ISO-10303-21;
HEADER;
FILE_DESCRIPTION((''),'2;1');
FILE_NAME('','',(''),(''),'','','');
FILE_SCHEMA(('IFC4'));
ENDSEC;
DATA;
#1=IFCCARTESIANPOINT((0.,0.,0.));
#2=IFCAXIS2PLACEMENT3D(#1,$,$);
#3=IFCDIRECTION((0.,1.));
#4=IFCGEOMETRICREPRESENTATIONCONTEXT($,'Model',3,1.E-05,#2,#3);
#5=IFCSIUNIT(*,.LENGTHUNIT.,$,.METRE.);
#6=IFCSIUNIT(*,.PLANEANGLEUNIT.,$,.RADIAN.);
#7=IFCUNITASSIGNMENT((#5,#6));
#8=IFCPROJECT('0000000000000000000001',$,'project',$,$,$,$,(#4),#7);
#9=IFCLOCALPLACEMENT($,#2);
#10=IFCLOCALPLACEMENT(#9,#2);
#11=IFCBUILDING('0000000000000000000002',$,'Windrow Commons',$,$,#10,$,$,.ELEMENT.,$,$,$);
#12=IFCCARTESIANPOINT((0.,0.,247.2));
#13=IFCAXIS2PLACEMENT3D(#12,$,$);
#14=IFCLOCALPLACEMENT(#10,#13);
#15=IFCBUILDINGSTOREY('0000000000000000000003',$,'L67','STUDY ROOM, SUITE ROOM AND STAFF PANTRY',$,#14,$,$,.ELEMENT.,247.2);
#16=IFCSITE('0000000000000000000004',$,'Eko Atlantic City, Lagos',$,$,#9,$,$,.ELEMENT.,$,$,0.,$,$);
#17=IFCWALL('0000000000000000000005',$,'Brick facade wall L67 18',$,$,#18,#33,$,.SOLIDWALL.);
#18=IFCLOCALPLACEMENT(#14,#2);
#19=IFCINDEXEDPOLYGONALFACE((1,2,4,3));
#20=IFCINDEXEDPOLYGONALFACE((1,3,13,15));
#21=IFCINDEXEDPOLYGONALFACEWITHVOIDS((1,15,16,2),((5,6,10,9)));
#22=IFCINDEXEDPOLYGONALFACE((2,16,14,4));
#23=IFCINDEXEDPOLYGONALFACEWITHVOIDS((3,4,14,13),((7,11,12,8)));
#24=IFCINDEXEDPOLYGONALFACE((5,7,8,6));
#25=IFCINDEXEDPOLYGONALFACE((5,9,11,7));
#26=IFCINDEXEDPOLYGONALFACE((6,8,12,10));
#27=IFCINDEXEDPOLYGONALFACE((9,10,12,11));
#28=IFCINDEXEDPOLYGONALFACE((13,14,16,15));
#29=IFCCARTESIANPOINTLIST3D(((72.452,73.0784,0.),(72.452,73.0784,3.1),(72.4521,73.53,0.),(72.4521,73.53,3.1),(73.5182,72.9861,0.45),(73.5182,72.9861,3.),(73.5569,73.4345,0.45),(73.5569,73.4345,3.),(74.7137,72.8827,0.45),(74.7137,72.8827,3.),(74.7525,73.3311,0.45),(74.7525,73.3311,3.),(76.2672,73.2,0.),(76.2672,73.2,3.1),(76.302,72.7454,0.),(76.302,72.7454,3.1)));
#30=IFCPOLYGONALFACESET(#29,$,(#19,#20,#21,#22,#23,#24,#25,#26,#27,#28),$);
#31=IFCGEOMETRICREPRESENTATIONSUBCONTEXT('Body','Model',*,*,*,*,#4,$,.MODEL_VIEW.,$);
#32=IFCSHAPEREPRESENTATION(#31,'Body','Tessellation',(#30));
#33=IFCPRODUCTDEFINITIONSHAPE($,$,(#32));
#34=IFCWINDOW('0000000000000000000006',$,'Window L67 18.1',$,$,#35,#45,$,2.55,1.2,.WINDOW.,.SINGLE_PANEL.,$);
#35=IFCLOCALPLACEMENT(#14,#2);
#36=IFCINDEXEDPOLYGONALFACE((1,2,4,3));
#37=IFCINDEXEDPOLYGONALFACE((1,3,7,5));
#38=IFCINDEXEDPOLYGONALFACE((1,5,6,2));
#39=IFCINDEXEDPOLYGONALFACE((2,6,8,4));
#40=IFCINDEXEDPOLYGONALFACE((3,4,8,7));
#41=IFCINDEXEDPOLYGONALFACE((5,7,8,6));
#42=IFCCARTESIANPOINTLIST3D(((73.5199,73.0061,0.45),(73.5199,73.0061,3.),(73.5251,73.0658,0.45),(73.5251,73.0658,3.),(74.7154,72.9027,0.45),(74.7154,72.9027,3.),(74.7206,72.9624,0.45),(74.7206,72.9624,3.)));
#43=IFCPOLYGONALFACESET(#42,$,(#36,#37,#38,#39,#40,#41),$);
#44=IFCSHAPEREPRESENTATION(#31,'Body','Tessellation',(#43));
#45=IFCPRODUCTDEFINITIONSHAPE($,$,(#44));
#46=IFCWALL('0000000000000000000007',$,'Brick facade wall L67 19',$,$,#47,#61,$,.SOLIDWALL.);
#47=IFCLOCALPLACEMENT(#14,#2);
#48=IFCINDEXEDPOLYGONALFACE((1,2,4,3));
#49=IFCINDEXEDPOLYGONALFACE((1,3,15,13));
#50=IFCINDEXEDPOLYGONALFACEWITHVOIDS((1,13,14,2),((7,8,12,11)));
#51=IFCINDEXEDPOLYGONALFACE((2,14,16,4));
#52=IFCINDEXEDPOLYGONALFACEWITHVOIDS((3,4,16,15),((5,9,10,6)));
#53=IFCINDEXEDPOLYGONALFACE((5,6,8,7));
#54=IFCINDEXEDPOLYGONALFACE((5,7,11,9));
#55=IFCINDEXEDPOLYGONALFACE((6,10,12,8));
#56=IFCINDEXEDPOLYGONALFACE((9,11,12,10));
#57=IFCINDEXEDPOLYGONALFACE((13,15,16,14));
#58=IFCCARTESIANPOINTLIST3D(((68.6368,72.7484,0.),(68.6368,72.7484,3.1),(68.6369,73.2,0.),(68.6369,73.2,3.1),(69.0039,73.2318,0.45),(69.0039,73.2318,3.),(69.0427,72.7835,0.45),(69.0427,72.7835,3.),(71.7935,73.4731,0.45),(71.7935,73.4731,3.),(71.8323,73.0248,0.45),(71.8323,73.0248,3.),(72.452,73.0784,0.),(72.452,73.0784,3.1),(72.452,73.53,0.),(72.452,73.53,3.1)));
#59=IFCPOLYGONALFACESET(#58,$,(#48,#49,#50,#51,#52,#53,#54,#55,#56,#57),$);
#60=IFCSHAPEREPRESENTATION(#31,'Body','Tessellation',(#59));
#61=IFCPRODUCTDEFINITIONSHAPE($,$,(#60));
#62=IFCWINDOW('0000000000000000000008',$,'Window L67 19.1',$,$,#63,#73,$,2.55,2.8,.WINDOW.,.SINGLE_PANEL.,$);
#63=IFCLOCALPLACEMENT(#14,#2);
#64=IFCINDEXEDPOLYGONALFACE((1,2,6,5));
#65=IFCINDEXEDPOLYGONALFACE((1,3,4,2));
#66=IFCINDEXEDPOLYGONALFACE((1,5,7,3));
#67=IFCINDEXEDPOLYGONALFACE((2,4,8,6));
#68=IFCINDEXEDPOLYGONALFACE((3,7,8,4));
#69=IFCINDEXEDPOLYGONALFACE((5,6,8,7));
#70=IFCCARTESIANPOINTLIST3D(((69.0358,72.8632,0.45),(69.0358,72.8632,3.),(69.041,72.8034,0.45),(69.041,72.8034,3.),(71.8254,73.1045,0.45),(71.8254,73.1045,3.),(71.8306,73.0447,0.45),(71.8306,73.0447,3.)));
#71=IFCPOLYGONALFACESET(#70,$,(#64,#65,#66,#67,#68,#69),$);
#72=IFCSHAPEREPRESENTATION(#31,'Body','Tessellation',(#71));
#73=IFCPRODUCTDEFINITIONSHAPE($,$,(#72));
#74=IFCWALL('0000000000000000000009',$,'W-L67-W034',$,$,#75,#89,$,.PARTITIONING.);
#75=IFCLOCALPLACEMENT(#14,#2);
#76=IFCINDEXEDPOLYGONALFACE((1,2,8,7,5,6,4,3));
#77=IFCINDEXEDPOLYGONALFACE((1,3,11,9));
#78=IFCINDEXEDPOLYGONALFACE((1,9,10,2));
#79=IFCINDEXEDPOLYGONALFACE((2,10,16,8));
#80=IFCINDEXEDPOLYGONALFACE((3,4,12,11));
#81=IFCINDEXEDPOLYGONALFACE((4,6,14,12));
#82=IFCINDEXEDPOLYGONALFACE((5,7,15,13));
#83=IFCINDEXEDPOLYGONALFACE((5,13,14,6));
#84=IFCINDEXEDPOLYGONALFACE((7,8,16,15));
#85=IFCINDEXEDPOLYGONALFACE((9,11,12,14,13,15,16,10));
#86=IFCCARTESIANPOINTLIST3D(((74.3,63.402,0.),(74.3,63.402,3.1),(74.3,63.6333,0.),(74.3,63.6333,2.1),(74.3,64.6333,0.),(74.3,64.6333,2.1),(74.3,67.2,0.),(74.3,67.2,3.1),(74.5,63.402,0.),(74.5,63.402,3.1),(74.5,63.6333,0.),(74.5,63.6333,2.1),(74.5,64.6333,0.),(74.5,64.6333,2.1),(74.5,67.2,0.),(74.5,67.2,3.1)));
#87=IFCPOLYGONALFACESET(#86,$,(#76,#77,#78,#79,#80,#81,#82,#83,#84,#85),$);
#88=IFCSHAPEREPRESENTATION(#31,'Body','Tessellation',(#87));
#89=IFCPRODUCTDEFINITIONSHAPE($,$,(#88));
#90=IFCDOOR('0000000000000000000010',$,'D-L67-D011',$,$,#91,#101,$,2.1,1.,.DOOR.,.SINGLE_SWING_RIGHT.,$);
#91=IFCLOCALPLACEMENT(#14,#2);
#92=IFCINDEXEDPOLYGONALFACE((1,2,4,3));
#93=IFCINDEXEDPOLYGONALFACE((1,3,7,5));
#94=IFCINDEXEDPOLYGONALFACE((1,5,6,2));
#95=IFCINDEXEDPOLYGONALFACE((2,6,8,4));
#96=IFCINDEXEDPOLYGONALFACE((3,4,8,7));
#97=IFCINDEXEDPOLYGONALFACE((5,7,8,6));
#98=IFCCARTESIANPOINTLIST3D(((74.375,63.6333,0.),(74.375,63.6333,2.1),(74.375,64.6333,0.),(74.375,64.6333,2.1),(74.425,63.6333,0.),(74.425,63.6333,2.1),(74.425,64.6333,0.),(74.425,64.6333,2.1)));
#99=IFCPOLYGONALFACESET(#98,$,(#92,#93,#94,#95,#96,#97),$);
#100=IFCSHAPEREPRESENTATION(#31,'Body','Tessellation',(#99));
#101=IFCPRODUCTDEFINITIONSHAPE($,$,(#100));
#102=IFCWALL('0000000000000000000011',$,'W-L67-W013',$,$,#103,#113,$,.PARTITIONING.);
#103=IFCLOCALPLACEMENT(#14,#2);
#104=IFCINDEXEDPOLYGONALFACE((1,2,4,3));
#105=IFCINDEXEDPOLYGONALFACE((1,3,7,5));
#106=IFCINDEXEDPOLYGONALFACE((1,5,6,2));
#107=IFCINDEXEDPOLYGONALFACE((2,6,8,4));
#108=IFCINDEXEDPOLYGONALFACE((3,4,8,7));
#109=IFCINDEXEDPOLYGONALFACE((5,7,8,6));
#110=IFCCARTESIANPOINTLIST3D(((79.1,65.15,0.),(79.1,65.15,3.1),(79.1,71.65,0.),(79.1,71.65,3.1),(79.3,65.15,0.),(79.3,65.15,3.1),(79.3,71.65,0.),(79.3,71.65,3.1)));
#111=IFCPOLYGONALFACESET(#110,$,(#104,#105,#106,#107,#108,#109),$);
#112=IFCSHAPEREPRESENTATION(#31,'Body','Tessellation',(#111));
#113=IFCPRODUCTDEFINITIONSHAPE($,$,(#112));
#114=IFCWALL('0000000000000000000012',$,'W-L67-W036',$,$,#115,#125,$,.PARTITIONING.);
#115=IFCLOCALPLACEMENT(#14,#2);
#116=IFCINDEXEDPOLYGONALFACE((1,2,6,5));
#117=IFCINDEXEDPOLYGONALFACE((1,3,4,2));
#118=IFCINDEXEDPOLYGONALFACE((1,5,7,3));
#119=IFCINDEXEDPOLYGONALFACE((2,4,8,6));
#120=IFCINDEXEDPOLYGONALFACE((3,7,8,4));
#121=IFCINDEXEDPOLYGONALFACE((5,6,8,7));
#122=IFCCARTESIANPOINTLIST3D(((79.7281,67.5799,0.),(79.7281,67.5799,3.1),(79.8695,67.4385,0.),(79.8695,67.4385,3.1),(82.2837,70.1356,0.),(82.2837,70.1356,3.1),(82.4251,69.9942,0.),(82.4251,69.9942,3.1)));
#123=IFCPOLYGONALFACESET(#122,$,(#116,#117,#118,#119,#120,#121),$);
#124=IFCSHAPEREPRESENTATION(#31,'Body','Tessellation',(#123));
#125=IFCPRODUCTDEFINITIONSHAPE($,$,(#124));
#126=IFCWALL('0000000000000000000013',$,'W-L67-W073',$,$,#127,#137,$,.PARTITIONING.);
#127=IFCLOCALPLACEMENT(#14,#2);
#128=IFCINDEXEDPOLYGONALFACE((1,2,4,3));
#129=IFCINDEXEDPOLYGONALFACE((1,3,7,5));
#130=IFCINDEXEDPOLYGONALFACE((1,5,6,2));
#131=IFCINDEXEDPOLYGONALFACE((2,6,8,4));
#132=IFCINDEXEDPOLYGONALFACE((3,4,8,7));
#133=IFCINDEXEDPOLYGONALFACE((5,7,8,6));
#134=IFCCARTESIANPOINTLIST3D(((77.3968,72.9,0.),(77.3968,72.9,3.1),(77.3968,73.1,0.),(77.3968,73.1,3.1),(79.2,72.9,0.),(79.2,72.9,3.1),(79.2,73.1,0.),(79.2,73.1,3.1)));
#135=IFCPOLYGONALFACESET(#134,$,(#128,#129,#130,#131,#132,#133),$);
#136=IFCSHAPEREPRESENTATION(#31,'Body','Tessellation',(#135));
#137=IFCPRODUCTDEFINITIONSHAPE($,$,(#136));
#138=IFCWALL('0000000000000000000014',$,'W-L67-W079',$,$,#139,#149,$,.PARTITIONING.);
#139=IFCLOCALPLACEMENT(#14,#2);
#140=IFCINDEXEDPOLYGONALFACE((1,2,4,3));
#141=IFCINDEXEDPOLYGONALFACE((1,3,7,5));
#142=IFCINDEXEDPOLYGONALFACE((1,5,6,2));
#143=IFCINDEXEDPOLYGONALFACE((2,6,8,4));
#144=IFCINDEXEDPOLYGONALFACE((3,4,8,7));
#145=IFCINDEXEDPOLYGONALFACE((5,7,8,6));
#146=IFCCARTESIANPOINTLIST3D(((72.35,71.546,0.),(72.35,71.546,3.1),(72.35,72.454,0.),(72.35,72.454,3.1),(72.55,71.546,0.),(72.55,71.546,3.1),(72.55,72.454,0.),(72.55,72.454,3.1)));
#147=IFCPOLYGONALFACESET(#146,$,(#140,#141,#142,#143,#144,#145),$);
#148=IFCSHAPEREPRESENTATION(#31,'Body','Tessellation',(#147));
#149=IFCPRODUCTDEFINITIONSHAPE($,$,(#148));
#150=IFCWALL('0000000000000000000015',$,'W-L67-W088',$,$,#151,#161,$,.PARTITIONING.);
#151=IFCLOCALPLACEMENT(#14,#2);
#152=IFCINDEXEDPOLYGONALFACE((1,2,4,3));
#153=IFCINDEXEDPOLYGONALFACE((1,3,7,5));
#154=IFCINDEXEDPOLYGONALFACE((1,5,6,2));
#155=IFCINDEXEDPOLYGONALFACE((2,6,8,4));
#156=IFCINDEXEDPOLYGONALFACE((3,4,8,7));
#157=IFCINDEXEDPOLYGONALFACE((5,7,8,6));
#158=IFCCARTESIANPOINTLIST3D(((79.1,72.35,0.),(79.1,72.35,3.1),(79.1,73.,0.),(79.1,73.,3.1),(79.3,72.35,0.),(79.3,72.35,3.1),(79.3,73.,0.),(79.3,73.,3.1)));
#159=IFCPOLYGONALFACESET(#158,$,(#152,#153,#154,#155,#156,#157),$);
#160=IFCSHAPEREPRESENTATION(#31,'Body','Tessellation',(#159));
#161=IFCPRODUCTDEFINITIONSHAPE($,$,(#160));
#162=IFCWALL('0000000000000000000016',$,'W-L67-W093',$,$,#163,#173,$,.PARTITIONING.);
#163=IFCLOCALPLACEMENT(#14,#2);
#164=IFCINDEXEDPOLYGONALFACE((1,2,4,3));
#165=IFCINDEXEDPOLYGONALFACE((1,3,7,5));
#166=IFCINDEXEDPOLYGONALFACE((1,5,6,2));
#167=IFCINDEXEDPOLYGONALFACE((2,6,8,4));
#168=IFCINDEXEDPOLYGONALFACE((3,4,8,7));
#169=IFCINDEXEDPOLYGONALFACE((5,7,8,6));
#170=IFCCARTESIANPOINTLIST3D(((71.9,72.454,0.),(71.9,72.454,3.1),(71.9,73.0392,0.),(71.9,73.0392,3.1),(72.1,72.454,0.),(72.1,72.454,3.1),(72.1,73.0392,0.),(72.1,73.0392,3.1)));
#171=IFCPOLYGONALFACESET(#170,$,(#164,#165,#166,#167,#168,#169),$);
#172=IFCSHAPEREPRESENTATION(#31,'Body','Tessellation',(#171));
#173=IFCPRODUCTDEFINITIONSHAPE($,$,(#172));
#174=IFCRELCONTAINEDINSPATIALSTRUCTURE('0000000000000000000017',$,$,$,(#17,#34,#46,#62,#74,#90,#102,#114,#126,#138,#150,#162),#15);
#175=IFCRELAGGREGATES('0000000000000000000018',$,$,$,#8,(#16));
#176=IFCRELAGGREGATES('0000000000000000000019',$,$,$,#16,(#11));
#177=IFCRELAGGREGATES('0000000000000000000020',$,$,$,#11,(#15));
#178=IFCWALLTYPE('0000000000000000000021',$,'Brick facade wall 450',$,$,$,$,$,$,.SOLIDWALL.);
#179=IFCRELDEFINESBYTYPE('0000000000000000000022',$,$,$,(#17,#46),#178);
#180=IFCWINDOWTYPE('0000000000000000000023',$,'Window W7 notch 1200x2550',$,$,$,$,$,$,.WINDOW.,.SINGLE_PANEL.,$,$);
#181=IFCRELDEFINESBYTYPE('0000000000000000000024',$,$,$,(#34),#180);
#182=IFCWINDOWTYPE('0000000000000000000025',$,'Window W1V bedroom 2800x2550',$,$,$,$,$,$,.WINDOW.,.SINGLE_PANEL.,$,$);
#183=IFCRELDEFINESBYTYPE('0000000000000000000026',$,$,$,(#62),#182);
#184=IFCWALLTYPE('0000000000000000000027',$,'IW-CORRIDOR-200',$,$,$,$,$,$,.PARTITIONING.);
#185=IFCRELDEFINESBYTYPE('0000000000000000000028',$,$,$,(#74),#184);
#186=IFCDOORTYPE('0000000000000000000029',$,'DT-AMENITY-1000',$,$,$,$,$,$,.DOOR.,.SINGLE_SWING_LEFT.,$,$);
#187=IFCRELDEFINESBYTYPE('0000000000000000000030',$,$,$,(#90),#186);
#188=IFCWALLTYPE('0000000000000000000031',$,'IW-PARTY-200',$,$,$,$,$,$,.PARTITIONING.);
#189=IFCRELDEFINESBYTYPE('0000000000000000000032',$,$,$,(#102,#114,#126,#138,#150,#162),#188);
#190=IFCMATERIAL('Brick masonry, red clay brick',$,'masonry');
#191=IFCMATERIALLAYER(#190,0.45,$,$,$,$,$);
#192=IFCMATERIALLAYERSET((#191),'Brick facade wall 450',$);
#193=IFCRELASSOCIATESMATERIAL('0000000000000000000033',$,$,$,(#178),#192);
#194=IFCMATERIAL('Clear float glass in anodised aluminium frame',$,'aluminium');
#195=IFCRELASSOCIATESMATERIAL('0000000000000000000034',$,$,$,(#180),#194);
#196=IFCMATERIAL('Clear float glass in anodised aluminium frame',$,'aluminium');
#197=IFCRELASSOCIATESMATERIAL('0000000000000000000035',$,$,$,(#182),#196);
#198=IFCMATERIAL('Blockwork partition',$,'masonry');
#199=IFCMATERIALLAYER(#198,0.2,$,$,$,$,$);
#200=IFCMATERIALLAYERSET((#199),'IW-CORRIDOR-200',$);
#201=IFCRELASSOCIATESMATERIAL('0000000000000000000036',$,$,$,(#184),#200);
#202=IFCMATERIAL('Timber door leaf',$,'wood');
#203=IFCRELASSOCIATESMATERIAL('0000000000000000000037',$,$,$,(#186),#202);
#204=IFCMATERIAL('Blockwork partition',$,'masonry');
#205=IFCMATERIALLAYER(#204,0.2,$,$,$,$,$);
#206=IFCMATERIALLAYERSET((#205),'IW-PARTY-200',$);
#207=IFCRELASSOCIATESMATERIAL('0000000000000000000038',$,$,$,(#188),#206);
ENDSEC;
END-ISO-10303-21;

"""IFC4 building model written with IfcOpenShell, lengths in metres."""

from ifc_helpers import new_model, si_unit, direction, frame, frame_2d, origin, place, context, subcontext, project, spatial, polyline, rectangle, outline, extrude, material, layer, layer_set, type_object, element, fill, save


model = new_model("IFC4")

# Units and contexts
model_context = context("Model", 3, precision=1e-05, world=origin(), true_north=direction((0.0, 1.0)))
body_context = subcontext(model_context, "Body", "Model", "MODEL_VIEW")
ifc_project = project(units=[si_unit("LENGTHUNIT", "METRE"), si_unit("PLANEANGLEUNIT", "RADIAN")], contexts=[model_context])

# Site, building, storey
site_placement = place(None, origin())
site = spatial("IfcSite", under=ifc_project, at=site_placement, Name="Eko Atlantic City, Lagos", CompositionType="ELEMENT", RefElevation=0.0)
building_placement = place(site_placement, origin())
building = spatial("IfcBuilding", under=site, at=building_placement, Name="Windrow Commons", CompositionType="ELEMENT")
storey_placement = place(building_placement, frame((0.0, 0.0, 247.2)))
storey = spatial("IfcBuildingStorey", under=building, at=storey_placement, Name="L67", Description="STUDY ROOM, SUITE ROOM AND STAFF PANTRY", CompositionType="ELEMENT", Elevation=247.2)

# Walls, openings, windows
ifc_material_1 = material(Name="Brick masonry, red clay brick", Category="masonry")
ifc_layer_1 = layer(ifc_material_1, 0.45)
ifc_layer_set_1 = layer_set([ifc_layer_1], Name="Brick facade wall 450")
wall_type_1 = type_object("IfcWallType", Name="Brick facade wall 450", PredefinedType="SOLIDWALL", material=ifc_layer_set_1)
ifc_material_2 = material(Name="Clear float glass in anodised aluminium frame", Category="aluminium")
window_type_1 = type_object("IfcWindowType", Name="Window W7 notch 1200x2550", PartitioningType="SINGLE_PANEL", PredefinedType="WINDOW", material=ifc_material_2)
wall_1_placement = place(storey_placement, frame((76.2846, 72.9727, 0.0), z_axis=(0.0, 0.0, 1.0), x_axis=(-0.99628, 0.086173, 0.0)))
wall_1 = element("IfcWall", 1, at=wall_1_placement, inside=storey, type_object=wall_type_1, Name="Brick facade wall L67 18", PredefinedType="SOLIDWALL", context=body_context, shape_type="SweptSolid", body=[
    extrude(outline(polyline([(0.0369, -0.225), (3.8663, -0.225), (3.8274, 0.225), (-0.0369, 0.225), (0.0369, -0.225)])), origin(), (0.0, 0.0, 1.0), 3.1),
])
opening_1_placement = place(wall_1_placement, frame((1.5573, 0.0, 0.45)))
opening_1 = element("IfcOpeningElement", 2, at=opening_1_placement, cuts=wall_1, PredefinedType="OPENING", context=body_context, shape_type="SweptSolid", body=[
    extrude(rectangle(XDim=1.2, YDim=2.55, at=frame_2d((0.6, 1.275))), frame((0.0, 0.235, 0.0), z_axis=(0.0, -1.0, 0.0), x_axis=(1.0, 0.0, 0.0)), (0.0, 0.0, 1.0), 0.47),
])
window_1_placement = place(opening_1_placement, origin())
window_1 = element("IfcWindow", 3, at=window_1_placement, inside=storey, type_object=window_type_1, Name="Window L67 18.1", OverallHeight=2.55, OverallWidth=1.2, PartitioningType="SINGLE_PANEL", PredefinedType="WINDOW", context=body_context, shape_type="SweptSolid", body=[
    extrude(rectangle(XDim=1.2, YDim=2.55, at=frame_2d((0.6, 1.275))), frame((0.0, 0.205, 0.0), z_axis=(0.0, -1.0, 0.0), x_axis=(1.0, 0.0, 0.0)), (0.0, 0.0, 1.0), 0.06),
])
fill(opening_1, window_1)
wall_2_placement = place(storey_placement, frame((72.452, 73.3042, 0.0), z_axis=(0.0, 0.0, 1.0), x_axis=(-0.99628, -0.086174, 0.0)))
wall_2 = element("IfcWall", 4, at=wall_2_placement, inside=storey, type_object=wall_type_1, Name="Brick facade wall L67 19", PredefinedType="SOLIDWALL", context=body_context, shape_type="SweptSolid", body=[
    extrude(outline(polyline([(-0.0195, -0.225), (3.8099, -0.225), (3.8489, 0.225), (0.0195, 0.225), (-0.0195, -0.225)])), origin(), (0.0, 0.0, 1.0), 3.1),
])
opening_2_placement = place(wall_2_placement, frame((0.6415, 0.0, 0.45)))
opening_2 = element("IfcOpeningElement", 5, at=opening_2_placement, cuts=wall_2, PredefinedType="OPENING", context=body_context, shape_type="SweptSolid", body=[
    extrude(rectangle(XDim=2.8, YDim=2.55, at=frame_2d((1.4, 1.275))), frame((0.0, 0.235, 0.0), z_axis=(0.0, -1.0, 0.0), x_axis=(1.0, 0.0, 0.0)), (0.0, 0.0, 1.0), 0.47),
])
ifc_material_3 = material(Name="Clear float glass in anodised aluminium frame", Category="aluminium")
window_type_2 = type_object("IfcWindowType", Name="Window W1V bedroom 2800x2550", PartitioningType="SINGLE_PANEL", PredefinedType="WINDOW", material=ifc_material_3)
window_2_placement = place(opening_2_placement, origin())
window_2 = element("IfcWindow", 6, at=window_2_placement, inside=storey, type_object=window_type_2, Name="Window L67 19.1", OverallHeight=2.55, OverallWidth=2.8, PartitioningType="SINGLE_PANEL", PredefinedType="WINDOW", context=body_context, shape_type="SweptSolid", body=[
    extrude(rectangle(XDim=2.8, YDim=2.55, at=frame_2d((1.4, 1.275))), frame((0.0, 0.205, 0.0), z_axis=(0.0, -1.0, 0.0), x_axis=(1.0, 0.0, 0.0)), (0.0, 0.0, 1.0), 0.06),
])
fill(opening_2, window_2)

# Wall, opening, door
ifc_material_4 = material(Name="Blockwork partition", Category="masonry")
ifc_layer_2 = layer(ifc_material_4, 0.2)
ifc_layer_set_2 = layer_set([ifc_layer_2], Name="IW-CORRIDOR-200")
wall_type_2 = type_object("IfcWallType", Name="IW-CORRIDOR-200", PredefinedType="PARTITIONING", material=ifc_layer_set_2)
wall_3_placement = place(storey_placement, frame((74.4, 63.402, 0.0), z_axis=(0.0, 0.0, 1.0), x_axis=(0.0, 1.0, 0.0)))
wall_3 = element("IfcWall", 7, at=wall_3_placement, inside=storey, type_object=wall_type_2, Name="W-L67-W034", PredefinedType="PARTITIONING", context=body_context, shape_type="SweptSolid", body=[
    extrude(rectangle(XDim=3.798, YDim=0.2, at=frame_2d((1.899, 0.0))), origin(), (0.0, 0.0, 1.0), 3.1),
])
opening_3_placement = place(wall_3_placement, frame((0.2313, 0.0, 0.0)))
opening_3 = element("IfcOpeningElement", 8, at=opening_3_placement, cuts=wall_3, PredefinedType="OPENING", context=body_context, shape_type="SweptSolid", body=[
    extrude(rectangle(XDim=1.0, YDim=2.1, at=frame_2d((0.5, 1.05))), frame((0.0, 0.11, 0.0), z_axis=(0.0, -1.0, 0.0), x_axis=(1.0, 0.0, 0.0)), (0.0, 0.0, 1.0), 0.22),
])
ifc_material_5 = material(Name="Timber door leaf", Category="wood")
door_type = type_object("IfcDoorType", Name="DT-AMENITY-1000", OperationType="SINGLE_SWING_LEFT", PredefinedType="DOOR", material=ifc_material_5)
door_placement = place(opening_3_placement, origin())
door = element("IfcDoor", 9, at=door_placement, inside=storey, type_object=door_type, Name="D-L67-D011", OperationType="SINGLE_SWING_RIGHT", OverallHeight=2.1, OverallWidth=1.0, PredefinedType="DOOR", context=body_context, shape_type="SweptSolid", body=[
    extrude(rectangle(XDim=1.0, YDim=2.1, at=frame_2d((0.5, 1.05))), frame((0.0, 0.025, 0.0), z_axis=(0.0, -1.0, 0.0), x_axis=(1.0, 0.0, 0.0)), (0.0, 0.0, 1.0), 0.05),
])
fill(opening_3, door)

# Walls
ifc_material_6 = material(Name="Blockwork partition", Category="masonry")
ifc_layer_3 = layer(ifc_material_6, 0.2)
ifc_layer_set_3 = layer_set([ifc_layer_3], Name="IW-PARTY-200")
wall_type_3 = type_object("IfcWallType", Name="IW-PARTY-200", PredefinedType="PARTITIONING", material=ifc_layer_set_3)
wall_4_placement = place(storey_placement, frame((79.2, 65.15, 0.0), z_axis=(0.0, 0.0, 1.0), x_axis=(0.0, 1.0, 0.0)))
element("IfcWall", 10, at=wall_4_placement, inside=storey, type_object=wall_type_3, Name="W-L67-W013", PredefinedType="PARTITIONING", context=body_context, shape_type="SweptSolid", body=[
    extrude(rectangle(XDim=6.5, YDim=0.2, at=frame_2d((3.25, 0.0))), origin(), (0.0, 0.0, 1.0), 3.1),
])
wall_5_placement = place(storey_placement, frame((79.7988, 67.5092, 0.0), z_axis=(0.0, 0.0, 1.0), x_axis=(0.707093, 0.707121, 0.0)))
element("IfcWall", 11, at=wall_5_placement, inside=storey, type_object=wall_type_3, Name="W-L67-W036", PredefinedType="PARTITIONING", context=body_context, shape_type="SweptSolid", body=[
    extrude(rectangle(XDim=3.6142, YDim=0.2, at=frame_2d((1.8071, 0.0))), origin(), (0.0, 0.0, 1.0), 3.1),
])
wall_6_placement = place(storey_placement, frame((77.3968, 73.0, 0.0), z_axis=(0.0, 0.0, 1.0), x_axis=(1.0, 0.0, 0.0)))
element("IfcWall", 12, at=wall_6_placement, inside=storey, type_object=wall_type_3, Name="W-L67-W073", PredefinedType="PARTITIONING", context=body_context, shape_type="SweptSolid", body=[
    extrude(rectangle(XDim=1.8032, YDim=0.2, at=frame_2d((0.9016, 0.0))), origin(), (0.0, 0.0, 1.0), 3.1),
])
wall_7_placement = place(storey_placement, frame((72.45, 71.546, 0.0), z_axis=(0.0, 0.0, 1.0), x_axis=(0.0, 1.0, 0.0)))
element("IfcWall", 13, at=wall_7_placement, inside=storey, type_object=wall_type_3, Name="W-L67-W079", PredefinedType="PARTITIONING", context=body_context, shape_type="SweptSolid", body=[
    extrude(rectangle(XDim=0.908, YDim=0.2, at=frame_2d((0.454, 0.0))), origin(), (0.0, 0.0, 1.0), 3.1),
])
wall_8_placement = place(storey_placement, frame((79.2, 72.35, 0.0), z_axis=(0.0, 0.0, 1.0), x_axis=(0.0, 1.0, 0.0)))
element("IfcWall", 14, at=wall_8_placement, inside=storey, type_object=wall_type_3, Name="W-L67-W088", PredefinedType="PARTITIONING", context=body_context, shape_type="SweptSolid", body=[
    extrude(rectangle(XDim=0.65, YDim=0.2, at=frame_2d((0.325, 0.0))), origin(), (0.0, 0.0, 1.0), 3.1),
])
wall_9_placement = place(storey_placement, frame((72.0, 72.454, 0.0), z_axis=(0.0, 0.0, 1.0), x_axis=(0.0, 1.0, 0.0)))
element("IfcWall", 15, at=wall_9_placement, inside=storey, type_object=wall_type_3, Name="W-L67-W093", PredefinedType="PARTITIONING", context=body_context, shape_type="SweptSolid", body=[
    extrude(rectangle(XDim=0.5852, YDim=0.2, at=frame_2d((0.2926, 0.0))), origin(), (0.0, 0.0, 1.0), 3.1),
])

save(model, "model.ifc")
